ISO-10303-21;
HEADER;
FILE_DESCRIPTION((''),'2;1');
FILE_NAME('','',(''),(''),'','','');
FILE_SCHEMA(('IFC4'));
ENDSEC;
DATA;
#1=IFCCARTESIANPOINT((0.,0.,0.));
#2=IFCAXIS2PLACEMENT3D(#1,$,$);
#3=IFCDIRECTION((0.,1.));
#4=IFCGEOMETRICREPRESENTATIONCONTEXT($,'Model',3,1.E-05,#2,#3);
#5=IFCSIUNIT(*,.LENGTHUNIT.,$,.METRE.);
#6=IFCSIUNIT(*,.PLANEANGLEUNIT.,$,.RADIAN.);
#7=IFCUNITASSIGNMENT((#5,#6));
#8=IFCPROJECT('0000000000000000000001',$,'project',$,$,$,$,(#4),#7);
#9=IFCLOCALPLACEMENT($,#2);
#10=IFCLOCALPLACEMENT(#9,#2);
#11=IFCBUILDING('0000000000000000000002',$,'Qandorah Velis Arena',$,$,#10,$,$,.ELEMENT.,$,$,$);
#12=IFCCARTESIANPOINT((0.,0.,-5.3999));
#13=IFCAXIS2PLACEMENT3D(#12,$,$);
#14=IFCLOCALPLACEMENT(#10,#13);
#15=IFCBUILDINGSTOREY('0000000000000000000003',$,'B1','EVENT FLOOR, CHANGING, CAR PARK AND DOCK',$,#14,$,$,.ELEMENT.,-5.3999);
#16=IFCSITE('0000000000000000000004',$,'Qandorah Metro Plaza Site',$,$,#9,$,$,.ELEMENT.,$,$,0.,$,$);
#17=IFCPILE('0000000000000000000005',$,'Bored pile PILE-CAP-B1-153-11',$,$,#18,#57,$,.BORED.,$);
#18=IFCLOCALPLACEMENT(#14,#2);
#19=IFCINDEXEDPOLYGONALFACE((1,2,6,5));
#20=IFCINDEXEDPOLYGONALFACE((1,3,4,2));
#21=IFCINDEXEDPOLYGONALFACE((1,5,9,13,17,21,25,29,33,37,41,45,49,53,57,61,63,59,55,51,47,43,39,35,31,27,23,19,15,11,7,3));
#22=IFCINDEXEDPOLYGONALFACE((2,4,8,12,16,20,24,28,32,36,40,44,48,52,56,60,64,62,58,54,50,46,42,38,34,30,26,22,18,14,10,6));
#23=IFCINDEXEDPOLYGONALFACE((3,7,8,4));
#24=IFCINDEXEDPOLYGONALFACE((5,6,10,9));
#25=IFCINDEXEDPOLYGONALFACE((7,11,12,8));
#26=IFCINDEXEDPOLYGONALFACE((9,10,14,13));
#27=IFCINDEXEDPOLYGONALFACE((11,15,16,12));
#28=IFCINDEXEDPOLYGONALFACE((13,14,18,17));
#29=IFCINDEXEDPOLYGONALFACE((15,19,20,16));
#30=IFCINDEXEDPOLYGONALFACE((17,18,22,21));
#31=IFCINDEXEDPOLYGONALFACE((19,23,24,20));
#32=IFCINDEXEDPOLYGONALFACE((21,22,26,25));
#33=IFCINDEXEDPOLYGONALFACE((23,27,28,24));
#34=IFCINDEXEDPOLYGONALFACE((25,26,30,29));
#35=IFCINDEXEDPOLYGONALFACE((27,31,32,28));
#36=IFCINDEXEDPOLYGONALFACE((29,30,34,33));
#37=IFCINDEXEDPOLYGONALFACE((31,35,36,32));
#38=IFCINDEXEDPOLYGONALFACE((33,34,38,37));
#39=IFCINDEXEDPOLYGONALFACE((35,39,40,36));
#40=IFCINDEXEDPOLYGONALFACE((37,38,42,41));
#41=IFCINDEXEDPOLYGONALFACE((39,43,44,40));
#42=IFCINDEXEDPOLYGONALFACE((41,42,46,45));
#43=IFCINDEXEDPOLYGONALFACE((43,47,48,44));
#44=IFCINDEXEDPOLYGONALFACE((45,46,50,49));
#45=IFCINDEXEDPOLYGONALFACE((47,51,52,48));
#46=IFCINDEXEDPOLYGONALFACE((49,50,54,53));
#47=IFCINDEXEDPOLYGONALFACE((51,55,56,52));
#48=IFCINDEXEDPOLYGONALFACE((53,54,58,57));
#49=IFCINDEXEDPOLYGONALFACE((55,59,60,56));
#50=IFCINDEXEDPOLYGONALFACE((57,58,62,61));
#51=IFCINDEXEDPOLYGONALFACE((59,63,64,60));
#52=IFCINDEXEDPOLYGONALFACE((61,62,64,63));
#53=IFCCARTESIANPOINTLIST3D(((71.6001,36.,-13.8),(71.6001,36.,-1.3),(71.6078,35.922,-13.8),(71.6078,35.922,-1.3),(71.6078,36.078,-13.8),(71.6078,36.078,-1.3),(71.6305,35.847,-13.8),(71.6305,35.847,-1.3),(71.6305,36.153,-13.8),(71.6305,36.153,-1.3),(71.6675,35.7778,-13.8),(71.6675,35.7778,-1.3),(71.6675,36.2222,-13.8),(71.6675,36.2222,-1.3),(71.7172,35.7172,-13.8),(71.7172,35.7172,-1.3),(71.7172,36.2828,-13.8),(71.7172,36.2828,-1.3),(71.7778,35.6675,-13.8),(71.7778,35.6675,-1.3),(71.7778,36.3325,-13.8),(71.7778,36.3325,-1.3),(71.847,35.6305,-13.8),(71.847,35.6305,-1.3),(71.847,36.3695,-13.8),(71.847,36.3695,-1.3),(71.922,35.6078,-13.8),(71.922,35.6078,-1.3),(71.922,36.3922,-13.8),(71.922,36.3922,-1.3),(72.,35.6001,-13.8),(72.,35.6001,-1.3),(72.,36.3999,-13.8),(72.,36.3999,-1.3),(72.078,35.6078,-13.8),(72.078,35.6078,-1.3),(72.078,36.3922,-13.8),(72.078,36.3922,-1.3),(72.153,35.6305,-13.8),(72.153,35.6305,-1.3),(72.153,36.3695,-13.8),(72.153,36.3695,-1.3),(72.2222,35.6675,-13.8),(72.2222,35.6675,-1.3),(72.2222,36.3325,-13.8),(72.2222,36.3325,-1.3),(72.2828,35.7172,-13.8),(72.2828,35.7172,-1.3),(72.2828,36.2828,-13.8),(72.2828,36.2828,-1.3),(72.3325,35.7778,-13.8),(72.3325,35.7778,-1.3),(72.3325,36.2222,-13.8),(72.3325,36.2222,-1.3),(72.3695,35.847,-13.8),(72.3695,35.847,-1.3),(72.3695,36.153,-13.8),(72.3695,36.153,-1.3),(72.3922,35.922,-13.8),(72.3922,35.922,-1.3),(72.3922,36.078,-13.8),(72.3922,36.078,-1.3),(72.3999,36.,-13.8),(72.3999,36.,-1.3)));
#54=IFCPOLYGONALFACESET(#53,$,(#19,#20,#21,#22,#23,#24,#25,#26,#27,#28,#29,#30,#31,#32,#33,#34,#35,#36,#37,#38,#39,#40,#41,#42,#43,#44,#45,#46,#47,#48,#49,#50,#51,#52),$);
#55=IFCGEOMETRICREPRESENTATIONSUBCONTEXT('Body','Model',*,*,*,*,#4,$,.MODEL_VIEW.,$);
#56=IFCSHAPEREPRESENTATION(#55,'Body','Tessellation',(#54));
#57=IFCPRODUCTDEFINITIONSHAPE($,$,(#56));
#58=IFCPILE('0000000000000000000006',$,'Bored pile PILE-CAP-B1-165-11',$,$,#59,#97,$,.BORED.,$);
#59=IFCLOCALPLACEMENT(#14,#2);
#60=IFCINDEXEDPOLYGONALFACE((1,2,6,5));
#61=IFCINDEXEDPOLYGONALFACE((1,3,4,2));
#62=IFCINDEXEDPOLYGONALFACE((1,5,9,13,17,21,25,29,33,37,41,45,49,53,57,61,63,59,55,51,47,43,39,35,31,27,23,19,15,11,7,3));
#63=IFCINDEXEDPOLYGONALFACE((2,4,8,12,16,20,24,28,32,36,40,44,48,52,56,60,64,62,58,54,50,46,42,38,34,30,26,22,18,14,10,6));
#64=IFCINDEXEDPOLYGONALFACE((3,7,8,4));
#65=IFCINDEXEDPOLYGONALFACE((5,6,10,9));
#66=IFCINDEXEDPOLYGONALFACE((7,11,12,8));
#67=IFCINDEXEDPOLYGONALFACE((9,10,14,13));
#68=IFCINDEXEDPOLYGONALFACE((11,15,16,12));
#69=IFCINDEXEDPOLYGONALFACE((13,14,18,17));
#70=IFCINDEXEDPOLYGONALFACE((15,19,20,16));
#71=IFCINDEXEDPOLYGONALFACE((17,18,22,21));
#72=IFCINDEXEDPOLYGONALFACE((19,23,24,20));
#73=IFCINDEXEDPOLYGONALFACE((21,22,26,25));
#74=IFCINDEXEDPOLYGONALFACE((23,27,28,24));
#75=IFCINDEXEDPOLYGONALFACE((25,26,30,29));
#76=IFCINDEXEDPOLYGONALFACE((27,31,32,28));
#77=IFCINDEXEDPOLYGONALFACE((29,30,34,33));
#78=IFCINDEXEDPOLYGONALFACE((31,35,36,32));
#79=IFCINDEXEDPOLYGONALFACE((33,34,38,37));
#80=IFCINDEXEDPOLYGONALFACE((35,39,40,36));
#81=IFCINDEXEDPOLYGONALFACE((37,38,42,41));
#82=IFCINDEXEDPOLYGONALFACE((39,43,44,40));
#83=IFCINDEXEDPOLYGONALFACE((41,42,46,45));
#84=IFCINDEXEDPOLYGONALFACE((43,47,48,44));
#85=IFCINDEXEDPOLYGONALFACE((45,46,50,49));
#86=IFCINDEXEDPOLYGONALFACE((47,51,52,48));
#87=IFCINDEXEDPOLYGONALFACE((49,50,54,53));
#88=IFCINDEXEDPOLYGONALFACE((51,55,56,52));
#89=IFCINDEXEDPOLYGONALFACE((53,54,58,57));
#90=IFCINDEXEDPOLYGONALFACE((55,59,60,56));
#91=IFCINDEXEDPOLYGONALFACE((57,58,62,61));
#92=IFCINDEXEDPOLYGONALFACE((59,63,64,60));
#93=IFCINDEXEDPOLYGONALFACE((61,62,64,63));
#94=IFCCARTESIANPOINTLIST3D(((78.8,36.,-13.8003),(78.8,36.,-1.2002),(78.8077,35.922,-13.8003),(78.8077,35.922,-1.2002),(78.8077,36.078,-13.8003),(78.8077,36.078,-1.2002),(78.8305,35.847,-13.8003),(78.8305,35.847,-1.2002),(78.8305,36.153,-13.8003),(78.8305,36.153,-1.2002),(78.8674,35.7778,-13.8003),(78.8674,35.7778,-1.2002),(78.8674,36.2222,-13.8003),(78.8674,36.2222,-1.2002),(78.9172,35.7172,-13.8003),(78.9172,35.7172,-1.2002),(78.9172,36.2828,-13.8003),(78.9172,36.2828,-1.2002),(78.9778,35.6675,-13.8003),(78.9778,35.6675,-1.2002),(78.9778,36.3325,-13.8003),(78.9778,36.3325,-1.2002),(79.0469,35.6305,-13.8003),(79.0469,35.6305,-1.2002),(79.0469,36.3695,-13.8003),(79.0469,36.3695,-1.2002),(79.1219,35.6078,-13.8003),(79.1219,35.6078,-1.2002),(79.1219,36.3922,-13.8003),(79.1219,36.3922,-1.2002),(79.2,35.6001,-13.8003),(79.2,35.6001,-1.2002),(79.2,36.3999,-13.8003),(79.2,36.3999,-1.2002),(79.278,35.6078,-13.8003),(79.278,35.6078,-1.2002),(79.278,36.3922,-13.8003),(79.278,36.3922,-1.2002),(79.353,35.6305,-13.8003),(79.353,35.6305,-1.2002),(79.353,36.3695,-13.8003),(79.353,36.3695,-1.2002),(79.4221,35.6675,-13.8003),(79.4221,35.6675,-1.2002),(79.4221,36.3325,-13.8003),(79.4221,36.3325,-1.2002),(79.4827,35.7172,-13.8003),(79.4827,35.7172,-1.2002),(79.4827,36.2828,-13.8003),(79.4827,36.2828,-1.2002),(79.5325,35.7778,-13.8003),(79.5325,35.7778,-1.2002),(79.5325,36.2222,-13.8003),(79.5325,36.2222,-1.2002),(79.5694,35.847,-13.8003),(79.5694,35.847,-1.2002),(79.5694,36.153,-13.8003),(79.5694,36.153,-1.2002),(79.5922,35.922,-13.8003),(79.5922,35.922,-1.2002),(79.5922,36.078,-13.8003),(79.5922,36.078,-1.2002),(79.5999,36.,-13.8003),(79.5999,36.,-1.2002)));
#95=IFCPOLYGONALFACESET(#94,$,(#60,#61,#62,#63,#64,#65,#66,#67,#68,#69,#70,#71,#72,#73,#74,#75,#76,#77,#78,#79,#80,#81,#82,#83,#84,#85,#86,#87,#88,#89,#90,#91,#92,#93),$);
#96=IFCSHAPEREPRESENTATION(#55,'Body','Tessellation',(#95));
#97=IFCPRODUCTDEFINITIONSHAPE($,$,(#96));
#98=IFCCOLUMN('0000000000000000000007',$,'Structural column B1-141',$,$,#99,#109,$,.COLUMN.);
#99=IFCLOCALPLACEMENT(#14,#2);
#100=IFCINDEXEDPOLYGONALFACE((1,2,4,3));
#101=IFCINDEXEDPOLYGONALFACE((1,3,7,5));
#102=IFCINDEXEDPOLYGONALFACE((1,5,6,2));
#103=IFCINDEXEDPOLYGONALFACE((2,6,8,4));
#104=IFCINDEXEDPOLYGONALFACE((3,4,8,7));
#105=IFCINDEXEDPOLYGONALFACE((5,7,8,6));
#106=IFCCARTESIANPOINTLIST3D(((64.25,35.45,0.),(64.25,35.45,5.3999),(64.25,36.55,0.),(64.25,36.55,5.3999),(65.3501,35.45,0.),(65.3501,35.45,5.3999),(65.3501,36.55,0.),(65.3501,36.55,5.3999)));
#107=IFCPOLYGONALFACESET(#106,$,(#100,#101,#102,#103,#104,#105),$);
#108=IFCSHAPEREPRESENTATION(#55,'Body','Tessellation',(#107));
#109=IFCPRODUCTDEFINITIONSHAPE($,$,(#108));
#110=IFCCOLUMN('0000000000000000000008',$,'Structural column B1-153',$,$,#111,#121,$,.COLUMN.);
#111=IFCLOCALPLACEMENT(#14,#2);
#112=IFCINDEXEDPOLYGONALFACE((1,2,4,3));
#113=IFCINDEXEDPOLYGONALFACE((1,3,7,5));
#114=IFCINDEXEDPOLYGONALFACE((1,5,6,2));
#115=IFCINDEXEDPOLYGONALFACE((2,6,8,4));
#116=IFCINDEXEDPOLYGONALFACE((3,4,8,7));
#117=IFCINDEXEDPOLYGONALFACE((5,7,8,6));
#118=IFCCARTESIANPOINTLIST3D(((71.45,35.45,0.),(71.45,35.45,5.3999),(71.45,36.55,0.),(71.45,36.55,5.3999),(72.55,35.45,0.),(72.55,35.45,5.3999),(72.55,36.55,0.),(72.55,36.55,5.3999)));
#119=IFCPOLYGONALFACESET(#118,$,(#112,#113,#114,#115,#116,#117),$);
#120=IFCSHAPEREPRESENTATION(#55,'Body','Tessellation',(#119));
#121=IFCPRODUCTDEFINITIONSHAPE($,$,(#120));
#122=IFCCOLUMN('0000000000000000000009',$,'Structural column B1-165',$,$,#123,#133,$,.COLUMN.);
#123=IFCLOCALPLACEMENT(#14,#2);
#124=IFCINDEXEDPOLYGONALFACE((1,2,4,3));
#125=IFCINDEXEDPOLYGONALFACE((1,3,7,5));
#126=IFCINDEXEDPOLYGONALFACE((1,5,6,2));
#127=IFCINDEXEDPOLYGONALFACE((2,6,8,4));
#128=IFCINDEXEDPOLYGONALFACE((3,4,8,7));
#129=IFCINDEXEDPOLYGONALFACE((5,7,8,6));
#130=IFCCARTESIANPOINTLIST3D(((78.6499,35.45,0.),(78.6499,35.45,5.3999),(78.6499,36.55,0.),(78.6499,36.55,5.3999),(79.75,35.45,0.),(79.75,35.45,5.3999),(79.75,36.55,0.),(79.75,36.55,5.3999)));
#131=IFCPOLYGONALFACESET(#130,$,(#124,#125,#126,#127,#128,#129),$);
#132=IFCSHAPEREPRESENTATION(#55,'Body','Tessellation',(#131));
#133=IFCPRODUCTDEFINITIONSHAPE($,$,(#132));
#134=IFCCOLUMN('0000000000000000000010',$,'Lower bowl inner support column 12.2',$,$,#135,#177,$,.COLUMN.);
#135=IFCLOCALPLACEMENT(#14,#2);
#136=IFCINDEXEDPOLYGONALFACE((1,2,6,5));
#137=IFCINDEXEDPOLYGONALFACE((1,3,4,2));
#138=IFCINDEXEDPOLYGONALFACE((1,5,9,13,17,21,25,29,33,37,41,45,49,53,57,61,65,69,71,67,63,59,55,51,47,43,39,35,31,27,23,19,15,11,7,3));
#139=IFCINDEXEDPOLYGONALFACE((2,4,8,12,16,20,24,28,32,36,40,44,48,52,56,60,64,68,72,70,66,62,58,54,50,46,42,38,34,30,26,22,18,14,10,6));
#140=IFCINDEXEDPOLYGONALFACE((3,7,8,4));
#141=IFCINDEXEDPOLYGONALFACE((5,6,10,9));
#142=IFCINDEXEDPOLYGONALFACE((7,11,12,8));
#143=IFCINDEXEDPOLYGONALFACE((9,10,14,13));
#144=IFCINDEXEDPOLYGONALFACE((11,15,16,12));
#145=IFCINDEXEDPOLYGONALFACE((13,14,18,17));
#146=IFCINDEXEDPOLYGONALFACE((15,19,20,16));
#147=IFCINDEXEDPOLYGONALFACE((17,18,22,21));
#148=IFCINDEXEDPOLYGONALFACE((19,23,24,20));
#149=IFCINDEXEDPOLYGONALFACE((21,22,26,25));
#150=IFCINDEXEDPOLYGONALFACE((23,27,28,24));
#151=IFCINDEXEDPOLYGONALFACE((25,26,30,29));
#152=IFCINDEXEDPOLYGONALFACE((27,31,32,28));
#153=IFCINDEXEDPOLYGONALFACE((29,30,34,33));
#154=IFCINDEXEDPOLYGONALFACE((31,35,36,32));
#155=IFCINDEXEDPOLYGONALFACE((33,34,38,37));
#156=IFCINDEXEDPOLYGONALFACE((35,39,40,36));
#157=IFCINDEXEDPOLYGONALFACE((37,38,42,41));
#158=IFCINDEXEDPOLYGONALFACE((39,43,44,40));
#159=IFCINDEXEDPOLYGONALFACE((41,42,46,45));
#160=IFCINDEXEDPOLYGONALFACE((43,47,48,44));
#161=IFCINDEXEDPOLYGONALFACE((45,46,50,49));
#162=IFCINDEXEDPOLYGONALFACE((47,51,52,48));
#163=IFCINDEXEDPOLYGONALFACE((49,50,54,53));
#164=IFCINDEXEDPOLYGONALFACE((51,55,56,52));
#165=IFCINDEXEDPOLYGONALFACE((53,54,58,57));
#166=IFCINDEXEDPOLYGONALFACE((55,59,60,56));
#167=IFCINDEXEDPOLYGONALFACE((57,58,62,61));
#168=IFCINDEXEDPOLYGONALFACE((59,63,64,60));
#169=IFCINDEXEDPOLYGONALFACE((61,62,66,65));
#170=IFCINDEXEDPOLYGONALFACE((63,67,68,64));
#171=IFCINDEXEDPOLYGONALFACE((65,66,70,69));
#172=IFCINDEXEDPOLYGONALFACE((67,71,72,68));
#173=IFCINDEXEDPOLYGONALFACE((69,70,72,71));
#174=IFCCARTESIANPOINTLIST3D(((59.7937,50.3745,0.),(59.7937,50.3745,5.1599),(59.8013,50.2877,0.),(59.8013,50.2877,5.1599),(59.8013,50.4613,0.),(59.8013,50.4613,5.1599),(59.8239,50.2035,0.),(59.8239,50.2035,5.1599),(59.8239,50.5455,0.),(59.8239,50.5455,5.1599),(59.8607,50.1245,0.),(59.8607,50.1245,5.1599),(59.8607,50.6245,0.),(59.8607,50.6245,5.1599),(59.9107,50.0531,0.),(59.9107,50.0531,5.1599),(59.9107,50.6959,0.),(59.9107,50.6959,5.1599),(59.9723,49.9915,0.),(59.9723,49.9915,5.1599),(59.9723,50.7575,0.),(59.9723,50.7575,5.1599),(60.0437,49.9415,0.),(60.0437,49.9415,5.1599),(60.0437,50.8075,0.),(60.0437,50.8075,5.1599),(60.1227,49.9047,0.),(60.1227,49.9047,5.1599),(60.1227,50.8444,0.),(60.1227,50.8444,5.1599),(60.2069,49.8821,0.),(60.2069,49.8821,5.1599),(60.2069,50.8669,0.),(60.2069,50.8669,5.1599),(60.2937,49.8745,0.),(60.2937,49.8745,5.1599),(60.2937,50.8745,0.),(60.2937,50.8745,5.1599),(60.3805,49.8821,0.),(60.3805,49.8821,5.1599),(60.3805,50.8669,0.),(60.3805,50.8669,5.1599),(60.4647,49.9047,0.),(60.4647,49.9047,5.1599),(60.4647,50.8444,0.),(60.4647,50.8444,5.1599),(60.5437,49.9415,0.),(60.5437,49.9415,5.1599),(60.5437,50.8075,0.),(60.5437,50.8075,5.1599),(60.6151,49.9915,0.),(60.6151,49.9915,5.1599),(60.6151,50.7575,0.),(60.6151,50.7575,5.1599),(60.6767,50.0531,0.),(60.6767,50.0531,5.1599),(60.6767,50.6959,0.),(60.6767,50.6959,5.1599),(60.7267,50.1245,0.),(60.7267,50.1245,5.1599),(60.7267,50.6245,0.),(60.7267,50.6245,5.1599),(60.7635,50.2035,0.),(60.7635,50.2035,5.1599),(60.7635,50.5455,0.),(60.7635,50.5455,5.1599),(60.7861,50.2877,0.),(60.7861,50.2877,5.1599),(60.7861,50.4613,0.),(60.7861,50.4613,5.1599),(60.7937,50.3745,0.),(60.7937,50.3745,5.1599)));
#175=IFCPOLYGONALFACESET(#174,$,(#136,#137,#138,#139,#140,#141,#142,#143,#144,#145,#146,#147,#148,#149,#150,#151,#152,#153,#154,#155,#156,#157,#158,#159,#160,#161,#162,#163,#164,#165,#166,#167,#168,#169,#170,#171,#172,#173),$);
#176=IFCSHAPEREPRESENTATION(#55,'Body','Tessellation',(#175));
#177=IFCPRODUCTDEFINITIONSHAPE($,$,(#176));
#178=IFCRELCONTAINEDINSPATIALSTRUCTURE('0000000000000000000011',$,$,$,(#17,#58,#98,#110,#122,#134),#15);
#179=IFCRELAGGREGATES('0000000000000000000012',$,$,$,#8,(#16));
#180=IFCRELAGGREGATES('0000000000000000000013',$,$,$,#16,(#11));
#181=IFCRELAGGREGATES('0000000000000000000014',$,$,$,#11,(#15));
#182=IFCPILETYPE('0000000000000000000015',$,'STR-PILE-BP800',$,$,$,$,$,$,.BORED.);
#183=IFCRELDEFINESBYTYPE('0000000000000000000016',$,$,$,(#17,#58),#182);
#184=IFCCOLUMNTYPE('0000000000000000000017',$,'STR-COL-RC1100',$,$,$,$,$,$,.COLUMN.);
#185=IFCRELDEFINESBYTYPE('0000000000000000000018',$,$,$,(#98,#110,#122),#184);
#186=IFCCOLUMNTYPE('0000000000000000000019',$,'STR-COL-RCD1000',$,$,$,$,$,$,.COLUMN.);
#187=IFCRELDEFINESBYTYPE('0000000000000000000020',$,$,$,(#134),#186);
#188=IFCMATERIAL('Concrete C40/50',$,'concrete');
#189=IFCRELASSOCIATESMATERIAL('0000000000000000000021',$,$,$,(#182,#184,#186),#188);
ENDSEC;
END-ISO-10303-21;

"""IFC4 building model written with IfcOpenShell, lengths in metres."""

from ifc_helpers import new_model, si_unit, direction, frame, origin, origin_2d, place, context, subcontext, project, spatial, rectangle, circle, extrude, material, material_profile, profile_set, type_object, element, save


model = new_model("IFC4")

# Units and contexts
model_context = context("Model", 3, precision=1e-05, world=origin(), true_north=direction((0.0, 1.0)))
body_context = subcontext(model_context, "Body", "Model", "MODEL_VIEW")
ifc_project = project(units=[si_unit("LENGTHUNIT", "METRE"), si_unit("PLANEANGLEUNIT", "RADIAN")], contexts=[model_context])

# Site, building, storey
site_placement = place(None, origin())
site = spatial("IfcSite", under=ifc_project, at=site_placement, Name="Qandorah Metro Plaza Site", CompositionType="ELEMENT", RefElevation=0.0)
building_placement = place(site_placement, origin())
building = spatial("IfcBuilding", under=site, at=building_placement, Name="Qandorah Velis Arena", CompositionType="ELEMENT")
storey_placement = place(building_placement, frame((0.0, 0.0, -5.3999)))
storey = spatial("IfcBuildingStorey", under=building, at=storey_placement, Name="B1", Description="EVENT FLOOR, CHANGING, CAR PARK AND DOCK", CompositionType="ELEMENT", Elevation=-5.3999)

# Shared definitions
ifc_material = material(Name="Concrete C40/50", Category="concrete")

# Piles
ifc_material_profile_1 = material_profile(ifc_material, circle(Radius=0.3999, at=origin_2d()), Name="BORED PILE D800")
ifc_profile_set_1 = profile_set([ifc_material_profile_1], Name="Concrete C40/50")
pile_type_1 = type_object("IfcPileType", Name="STR-PILE-BP800", PredefinedType="BORED", material=ifc_profile_set_1)
pile_1_placement = place(storey_placement, frame((72.0, 36.0, -1.3), z_axis=(0.0, 0.0, -1.0), x_axis=(1.0, 0.0, 0.0)))
element("IfcPile", 1, at=pile_1_placement, inside=storey, type_object=pile_type_1, Name="Bored pile PILE-CAP-B1-153-11", PredefinedType="BORED", context=body_context, shape_type="SweptSolid", body=[
    extrude(circle(Radius=0.3999, at=origin_2d()), origin(), (0.0, 0.0, 1.0), 12.5),
])
pile_2_placement = place(storey_placement, frame((79.2, 36.0, -1.2002), z_axis=(0.0, 0.0, -1.0), x_axis=(1.0, 0.0, 0.0)))
element("IfcPile", 2, at=pile_2_placement, inside=storey, type_object=pile_type_1, Name="Bored pile PILE-CAP-B1-165-11", PredefinedType="BORED", context=body_context, shape_type="SweptSolid", body=[
    extrude(circle(Radius=0.3999, at=origin_2d()), origin(), (0.0, 0.0, 1.0), 12.6001),
])

# Columns
ifc_material_profile_2 = material_profile(ifc_material, rectangle(XDim=1.1001, YDim=1.1001, at=origin_2d()), Name="RC COL 1100x1100")
ifc_profile_set_2 = profile_set([ifc_material_profile_2], Name="Concrete C40/50")
column_type_1 = type_object("IfcColumnType", Name="STR-COL-RC1100", PredefinedType="COLUMN", material=ifc_profile_set_2)
for number, where, z_axis, x_axis, name in (
    (3, (64.8, 36.0, 0.0), (0.0, 0.0, 1.0), (1.0, 0.0, 0.0), "Structural column B1-141"),
    (4, (72.0, 36.0, 0.0), (0.0, 0.0, 1.0), (1.0, 0.0, 0.0), "Structural column B1-153"),
    (5, (79.2, 36.0, 0.0), (0.0, 0.0, 1.0), (1.0, 0.0, 0.0), "Structural column B1-165"),
):
    element("IfcColumn", number, at=place(storey_placement, frame(where, z_axis=z_axis, x_axis=x_axis)), inside=storey, type_object=column_type_1, Name=name, PredefinedType="COLUMN", context=body_context, shape_type="SweptSolid", body=[
        extrude(rectangle(XDim=1.1001, YDim=1.1001, at=origin_2d()), origin(), (0.0, 0.0, 1.0), 5.3999),
    ])
ifc_material_profile_3 = material_profile(ifc_material, circle(Radius=0.5, at=origin_2d()), Name="RC D1000")
ifc_profile_set_3 = profile_set([ifc_material_profile_3], Name="Concrete C40/50")
column_type_2 = type_object("IfcColumnType", Name="STR-COL-RCD1000", PredefinedType="COLUMN", material=ifc_profile_set_3)
for number, where, z_axis, x_axis, name in (
    (6, (60.2937, 50.3745, 0.0), (0.0, 0.0, 1.0), (1.0, 0.0, 0.0), "Lower bowl inner support column 12.2"),
):
    element("IfcColumn", number, at=place(storey_placement, frame(where, z_axis=z_axis, x_axis=x_axis)), inside=storey, type_object=column_type_2, Name=name, PredefinedType="COLUMN", context=body_context, shape_type="SweptSolid", body=[
        extrude(circle(Radius=0.5, at=origin_2d()), origin(), (0.0, 0.0, 1.0), 5.1599),
    ])

save(model, "model.ifc")
